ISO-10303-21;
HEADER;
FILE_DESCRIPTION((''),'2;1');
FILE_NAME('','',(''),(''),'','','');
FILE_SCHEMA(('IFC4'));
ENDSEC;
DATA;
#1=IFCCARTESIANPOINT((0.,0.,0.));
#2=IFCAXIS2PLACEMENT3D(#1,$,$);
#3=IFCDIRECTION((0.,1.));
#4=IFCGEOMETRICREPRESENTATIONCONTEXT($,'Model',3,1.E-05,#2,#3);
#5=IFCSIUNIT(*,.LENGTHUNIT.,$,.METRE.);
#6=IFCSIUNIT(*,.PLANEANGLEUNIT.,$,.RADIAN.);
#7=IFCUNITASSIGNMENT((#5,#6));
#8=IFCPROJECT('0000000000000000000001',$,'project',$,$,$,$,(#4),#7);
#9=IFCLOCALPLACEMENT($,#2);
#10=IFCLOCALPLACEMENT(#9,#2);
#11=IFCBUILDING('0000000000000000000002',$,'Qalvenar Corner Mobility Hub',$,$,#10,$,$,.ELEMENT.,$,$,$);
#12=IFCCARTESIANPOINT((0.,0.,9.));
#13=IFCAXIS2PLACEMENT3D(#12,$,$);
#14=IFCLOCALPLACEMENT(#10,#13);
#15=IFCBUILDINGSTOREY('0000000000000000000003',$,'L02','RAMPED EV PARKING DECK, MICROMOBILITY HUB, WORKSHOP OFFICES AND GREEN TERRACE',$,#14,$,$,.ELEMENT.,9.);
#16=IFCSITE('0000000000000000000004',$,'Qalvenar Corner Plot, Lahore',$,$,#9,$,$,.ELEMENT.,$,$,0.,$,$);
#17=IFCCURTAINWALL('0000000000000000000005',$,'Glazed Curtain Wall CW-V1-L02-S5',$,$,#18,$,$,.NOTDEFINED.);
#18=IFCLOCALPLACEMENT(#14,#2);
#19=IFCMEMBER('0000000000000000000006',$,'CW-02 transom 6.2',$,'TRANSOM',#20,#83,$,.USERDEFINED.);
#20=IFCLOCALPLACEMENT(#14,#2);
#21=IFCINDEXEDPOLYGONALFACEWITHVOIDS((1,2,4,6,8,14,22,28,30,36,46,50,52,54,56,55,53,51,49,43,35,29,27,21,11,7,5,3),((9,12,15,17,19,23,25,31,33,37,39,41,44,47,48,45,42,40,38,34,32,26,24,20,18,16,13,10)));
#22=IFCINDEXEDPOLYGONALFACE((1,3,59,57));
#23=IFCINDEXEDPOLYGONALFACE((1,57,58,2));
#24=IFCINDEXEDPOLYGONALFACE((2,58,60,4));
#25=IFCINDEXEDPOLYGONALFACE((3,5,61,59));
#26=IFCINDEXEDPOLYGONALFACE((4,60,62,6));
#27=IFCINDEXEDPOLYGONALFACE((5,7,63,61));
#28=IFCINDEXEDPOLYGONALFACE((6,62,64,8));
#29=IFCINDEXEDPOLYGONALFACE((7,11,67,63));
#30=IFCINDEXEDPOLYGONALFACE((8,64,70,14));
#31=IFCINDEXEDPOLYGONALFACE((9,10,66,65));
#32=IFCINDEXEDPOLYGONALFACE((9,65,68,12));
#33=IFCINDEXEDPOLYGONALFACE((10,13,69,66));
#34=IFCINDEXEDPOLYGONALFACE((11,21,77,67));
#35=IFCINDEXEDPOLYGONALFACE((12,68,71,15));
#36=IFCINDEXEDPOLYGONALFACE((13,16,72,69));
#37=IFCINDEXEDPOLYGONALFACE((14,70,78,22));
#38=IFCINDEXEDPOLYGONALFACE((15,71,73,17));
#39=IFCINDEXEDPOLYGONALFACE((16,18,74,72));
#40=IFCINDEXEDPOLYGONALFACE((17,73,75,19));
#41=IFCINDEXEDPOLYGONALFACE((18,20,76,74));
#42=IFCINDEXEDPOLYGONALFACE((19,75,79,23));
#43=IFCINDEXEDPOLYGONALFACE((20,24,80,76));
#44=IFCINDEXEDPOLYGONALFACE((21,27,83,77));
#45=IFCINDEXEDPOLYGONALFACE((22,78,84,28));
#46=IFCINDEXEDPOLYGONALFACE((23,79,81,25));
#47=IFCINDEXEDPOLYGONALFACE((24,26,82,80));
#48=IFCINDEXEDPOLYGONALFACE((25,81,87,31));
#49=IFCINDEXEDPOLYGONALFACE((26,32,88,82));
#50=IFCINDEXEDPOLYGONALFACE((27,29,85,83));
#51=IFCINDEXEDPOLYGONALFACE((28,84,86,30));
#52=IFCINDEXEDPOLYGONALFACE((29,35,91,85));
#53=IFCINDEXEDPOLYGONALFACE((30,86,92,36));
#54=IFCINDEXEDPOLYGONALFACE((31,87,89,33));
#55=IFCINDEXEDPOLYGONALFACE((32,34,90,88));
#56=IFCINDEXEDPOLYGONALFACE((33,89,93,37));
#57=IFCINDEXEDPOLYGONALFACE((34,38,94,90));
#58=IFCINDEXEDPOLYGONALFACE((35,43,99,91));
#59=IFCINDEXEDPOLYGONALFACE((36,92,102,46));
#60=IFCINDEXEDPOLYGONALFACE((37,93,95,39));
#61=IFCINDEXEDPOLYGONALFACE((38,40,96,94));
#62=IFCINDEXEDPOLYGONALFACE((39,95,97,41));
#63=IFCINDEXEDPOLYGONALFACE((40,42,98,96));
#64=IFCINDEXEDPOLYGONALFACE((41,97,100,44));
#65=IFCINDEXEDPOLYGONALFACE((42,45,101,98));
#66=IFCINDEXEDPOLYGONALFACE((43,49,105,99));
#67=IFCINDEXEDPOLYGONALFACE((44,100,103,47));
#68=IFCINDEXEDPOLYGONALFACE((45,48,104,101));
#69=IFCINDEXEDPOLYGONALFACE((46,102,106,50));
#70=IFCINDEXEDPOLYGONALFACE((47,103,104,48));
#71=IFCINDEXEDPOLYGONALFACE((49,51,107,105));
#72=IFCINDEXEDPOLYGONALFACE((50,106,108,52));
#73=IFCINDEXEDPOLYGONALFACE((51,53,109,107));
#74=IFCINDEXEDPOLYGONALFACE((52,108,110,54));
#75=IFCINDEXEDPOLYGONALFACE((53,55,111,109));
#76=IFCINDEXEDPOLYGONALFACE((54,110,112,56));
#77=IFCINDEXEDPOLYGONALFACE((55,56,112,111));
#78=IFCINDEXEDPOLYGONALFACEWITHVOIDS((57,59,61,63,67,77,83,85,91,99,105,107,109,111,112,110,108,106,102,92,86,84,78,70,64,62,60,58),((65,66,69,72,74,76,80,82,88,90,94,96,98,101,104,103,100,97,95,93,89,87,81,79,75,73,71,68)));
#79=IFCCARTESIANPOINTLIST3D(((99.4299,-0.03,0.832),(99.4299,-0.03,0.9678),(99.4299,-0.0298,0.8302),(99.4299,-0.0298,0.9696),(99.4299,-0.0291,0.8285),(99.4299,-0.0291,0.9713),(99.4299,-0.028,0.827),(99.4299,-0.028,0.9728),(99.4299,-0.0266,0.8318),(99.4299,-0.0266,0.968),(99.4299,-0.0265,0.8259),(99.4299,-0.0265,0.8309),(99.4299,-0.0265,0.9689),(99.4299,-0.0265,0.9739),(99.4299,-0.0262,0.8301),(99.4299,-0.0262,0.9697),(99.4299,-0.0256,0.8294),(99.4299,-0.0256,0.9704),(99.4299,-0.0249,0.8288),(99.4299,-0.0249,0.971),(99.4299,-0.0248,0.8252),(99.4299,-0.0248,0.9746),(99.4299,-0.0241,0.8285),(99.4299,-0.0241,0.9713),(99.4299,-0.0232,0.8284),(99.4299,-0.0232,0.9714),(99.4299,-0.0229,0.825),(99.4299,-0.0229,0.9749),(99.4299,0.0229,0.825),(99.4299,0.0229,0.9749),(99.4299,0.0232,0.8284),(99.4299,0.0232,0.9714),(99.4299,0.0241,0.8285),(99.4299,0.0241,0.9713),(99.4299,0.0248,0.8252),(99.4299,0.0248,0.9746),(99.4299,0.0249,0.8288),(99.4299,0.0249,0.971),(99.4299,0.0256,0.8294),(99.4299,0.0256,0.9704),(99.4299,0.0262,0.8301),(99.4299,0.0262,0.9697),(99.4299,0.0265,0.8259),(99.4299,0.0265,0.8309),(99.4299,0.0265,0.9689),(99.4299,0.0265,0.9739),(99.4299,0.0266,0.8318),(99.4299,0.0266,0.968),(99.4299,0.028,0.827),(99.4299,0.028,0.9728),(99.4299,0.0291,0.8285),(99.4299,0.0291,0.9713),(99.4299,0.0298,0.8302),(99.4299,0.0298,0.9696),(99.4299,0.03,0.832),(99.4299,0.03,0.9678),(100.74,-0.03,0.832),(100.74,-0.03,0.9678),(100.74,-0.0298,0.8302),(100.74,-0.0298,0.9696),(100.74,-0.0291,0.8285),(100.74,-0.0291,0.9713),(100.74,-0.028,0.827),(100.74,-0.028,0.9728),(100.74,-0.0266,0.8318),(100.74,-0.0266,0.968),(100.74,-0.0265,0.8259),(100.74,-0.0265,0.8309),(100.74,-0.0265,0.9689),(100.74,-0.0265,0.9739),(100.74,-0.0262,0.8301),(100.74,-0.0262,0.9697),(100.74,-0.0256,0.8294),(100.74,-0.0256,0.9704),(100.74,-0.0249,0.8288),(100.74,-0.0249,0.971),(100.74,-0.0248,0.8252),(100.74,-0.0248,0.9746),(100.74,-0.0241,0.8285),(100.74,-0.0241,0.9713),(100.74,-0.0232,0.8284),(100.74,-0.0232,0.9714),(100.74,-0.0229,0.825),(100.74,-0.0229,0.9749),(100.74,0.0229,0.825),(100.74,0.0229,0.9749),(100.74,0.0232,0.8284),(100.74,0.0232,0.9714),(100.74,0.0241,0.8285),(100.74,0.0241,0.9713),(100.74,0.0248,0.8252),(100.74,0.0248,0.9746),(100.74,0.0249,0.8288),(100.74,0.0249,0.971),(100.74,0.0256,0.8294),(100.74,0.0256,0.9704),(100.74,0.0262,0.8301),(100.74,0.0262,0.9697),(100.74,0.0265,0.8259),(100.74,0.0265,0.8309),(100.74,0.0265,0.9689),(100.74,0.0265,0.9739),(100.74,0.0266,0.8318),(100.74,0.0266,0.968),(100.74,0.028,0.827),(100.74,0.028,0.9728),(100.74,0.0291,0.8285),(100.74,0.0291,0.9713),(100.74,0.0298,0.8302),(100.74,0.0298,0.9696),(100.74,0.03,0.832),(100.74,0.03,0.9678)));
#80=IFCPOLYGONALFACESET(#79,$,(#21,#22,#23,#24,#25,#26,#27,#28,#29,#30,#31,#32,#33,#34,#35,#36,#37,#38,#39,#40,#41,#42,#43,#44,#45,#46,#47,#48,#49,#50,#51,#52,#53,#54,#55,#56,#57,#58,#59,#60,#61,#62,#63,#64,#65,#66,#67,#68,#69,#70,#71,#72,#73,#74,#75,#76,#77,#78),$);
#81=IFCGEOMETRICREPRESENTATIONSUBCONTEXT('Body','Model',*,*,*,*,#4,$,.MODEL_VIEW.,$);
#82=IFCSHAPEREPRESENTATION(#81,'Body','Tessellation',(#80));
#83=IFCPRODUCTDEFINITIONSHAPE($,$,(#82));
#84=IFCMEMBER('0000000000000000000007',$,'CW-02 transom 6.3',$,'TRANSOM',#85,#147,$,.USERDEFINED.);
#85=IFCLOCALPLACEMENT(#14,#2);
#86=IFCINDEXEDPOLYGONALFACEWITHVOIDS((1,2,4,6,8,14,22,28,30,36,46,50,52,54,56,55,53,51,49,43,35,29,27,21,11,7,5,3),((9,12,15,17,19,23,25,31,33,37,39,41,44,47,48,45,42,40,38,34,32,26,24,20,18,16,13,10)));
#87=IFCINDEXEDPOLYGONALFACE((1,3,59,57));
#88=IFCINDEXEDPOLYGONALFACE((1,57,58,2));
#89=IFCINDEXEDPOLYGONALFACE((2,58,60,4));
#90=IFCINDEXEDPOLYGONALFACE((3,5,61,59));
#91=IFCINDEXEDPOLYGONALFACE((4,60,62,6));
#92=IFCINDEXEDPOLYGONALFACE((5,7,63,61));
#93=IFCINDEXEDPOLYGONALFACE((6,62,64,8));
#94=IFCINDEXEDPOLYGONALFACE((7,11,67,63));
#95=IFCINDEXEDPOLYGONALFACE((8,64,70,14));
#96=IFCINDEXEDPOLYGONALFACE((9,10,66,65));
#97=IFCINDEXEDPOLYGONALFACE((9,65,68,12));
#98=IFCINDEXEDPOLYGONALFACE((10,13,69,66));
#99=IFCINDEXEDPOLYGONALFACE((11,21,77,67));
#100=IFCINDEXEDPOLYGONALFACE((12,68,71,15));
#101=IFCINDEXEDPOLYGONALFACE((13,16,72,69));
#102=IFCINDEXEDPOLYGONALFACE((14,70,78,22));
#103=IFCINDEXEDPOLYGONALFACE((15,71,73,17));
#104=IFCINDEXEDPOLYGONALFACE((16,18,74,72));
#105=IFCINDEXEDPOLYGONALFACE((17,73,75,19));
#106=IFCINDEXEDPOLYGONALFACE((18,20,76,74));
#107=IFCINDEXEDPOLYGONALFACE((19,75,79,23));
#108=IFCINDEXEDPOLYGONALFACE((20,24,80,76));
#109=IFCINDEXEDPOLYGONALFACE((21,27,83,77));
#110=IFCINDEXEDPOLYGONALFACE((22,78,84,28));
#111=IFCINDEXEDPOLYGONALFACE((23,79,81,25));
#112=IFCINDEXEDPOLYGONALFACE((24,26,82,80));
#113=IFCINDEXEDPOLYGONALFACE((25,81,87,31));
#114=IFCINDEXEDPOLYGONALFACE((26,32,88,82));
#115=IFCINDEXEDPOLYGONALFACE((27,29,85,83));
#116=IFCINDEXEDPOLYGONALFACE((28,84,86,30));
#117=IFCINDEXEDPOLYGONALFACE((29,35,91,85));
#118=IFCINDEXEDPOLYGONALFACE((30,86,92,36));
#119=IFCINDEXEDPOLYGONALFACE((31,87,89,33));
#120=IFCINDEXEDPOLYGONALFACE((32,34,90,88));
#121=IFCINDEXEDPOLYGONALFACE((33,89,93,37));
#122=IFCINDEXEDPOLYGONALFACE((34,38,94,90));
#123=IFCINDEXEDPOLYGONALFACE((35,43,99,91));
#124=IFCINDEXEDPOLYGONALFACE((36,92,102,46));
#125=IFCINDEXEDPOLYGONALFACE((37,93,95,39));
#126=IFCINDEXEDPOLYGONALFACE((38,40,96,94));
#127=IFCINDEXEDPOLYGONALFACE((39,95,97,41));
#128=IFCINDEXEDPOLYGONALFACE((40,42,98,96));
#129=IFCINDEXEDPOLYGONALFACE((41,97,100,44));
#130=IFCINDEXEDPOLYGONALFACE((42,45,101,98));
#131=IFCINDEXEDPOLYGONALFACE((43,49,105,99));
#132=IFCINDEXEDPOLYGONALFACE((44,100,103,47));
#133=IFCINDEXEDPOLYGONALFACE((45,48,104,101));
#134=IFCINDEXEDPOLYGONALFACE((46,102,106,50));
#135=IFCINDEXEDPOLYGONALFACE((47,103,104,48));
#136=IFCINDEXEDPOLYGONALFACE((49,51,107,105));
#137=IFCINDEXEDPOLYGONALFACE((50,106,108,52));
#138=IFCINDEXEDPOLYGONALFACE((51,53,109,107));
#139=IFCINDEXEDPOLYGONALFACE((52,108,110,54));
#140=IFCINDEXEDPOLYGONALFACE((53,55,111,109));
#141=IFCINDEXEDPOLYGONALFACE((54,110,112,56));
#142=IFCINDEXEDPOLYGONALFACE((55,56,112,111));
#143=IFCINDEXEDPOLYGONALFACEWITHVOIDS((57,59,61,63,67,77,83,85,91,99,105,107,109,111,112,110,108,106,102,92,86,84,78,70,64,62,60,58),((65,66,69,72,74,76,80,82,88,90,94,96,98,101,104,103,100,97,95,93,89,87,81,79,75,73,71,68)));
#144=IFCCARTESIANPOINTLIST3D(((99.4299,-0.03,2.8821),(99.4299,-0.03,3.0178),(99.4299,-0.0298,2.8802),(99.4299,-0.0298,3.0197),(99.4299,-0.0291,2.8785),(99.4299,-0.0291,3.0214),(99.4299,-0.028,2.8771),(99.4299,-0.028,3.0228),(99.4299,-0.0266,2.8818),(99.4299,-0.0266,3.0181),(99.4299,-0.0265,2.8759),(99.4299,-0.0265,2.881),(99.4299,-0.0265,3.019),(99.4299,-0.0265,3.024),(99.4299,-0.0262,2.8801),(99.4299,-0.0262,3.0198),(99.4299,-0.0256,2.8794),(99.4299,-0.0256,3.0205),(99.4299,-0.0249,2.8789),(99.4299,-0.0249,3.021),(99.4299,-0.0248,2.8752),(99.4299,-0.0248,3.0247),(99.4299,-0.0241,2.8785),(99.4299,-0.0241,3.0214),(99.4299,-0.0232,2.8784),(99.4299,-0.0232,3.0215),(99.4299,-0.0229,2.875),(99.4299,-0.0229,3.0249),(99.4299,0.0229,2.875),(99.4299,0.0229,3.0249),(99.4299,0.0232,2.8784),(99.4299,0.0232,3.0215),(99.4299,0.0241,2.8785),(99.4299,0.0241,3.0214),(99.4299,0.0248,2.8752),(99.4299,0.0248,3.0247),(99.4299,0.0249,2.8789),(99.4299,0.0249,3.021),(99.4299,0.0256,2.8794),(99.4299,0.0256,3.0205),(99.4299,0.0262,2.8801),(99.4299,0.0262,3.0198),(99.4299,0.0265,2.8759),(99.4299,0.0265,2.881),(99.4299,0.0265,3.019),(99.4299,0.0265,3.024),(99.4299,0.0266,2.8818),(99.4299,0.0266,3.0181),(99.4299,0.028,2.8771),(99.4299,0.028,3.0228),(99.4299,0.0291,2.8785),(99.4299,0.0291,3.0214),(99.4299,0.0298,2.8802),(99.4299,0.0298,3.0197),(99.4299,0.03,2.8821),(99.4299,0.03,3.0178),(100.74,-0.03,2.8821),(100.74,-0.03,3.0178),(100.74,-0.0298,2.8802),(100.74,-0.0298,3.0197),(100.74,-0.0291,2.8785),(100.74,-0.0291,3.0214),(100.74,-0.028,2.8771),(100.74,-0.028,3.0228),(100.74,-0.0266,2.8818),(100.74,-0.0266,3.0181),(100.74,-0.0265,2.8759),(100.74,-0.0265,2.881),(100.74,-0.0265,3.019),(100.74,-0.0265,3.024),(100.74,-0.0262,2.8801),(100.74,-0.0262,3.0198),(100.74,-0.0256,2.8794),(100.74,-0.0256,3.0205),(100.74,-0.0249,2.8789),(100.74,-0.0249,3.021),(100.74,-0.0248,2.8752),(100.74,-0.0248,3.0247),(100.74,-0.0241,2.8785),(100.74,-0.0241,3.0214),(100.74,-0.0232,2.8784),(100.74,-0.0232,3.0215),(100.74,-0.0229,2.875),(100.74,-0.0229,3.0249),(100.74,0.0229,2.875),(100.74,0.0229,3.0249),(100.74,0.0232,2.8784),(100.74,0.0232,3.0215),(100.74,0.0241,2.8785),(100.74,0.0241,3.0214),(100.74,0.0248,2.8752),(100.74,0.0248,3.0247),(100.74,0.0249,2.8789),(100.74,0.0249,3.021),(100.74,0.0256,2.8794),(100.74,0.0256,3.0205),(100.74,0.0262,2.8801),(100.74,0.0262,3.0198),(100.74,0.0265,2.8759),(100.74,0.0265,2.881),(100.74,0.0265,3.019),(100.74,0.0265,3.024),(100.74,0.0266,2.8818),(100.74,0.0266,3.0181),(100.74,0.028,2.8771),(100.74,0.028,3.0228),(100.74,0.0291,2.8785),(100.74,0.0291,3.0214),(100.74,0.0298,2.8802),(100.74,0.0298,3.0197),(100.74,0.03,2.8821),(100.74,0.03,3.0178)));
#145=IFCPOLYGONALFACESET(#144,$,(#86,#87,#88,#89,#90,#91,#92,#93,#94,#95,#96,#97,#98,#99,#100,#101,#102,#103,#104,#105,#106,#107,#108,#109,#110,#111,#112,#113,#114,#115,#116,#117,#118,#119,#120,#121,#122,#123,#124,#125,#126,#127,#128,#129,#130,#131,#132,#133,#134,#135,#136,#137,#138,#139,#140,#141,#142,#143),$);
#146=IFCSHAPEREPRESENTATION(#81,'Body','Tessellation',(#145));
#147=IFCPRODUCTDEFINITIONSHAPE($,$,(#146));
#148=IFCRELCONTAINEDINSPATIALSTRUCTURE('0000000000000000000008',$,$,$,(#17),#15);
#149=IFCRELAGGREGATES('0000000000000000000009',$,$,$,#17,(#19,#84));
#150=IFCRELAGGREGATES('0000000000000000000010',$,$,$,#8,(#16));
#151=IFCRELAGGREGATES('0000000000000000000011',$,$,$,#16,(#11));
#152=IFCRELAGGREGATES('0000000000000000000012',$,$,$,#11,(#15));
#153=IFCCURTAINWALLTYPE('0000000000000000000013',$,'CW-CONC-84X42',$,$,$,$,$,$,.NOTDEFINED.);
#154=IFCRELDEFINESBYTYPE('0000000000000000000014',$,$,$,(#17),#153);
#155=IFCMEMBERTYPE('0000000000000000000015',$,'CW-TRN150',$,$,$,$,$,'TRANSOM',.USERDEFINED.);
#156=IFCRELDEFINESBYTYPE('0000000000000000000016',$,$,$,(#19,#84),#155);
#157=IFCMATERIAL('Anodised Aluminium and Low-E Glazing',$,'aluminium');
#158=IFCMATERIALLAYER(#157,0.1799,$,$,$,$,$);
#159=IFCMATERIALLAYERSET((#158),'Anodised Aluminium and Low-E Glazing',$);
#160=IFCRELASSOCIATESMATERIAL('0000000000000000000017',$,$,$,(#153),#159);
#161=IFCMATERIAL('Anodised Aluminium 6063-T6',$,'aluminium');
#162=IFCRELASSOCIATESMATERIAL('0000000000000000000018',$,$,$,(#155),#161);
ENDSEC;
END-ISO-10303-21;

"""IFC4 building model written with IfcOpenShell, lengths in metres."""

from ifc_helpers import new_model, si_unit, direction, frame, origin, origin_2d, place, context, subcontext, project, spatial, hollow_rectangle, extrude, material, layer, layer_set, material_profile, profile_set, type_object, element, aggregate, save


model = new_model("IFC4")

# Units and contexts
model_context = context("Model", 3, precision=1e-05, world=origin(), true_north=direction((0.0, 1.0)))
body_context = subcontext(model_context, "Body", "Model", "MODEL_VIEW")
ifc_project = project(units=[si_unit("LENGTHUNIT", "METRE"), si_unit("PLANEANGLEUNIT", "RADIAN")], contexts=[model_context])

# Site, building, storey
site_placement = place(None, origin())
site = spatial("IfcSite", under=ifc_project, at=site_placement, Name="Qalvenar Corner Plot, Lahore", CompositionType="ELEMENT", RefElevation=0.0)
building_placement = place(site_placement, origin())
building = spatial("IfcBuilding", under=site, at=building_placement, Name="Qalvenar Corner Mobility Hub", CompositionType="ELEMENT")
storey_placement = place(building_placement, frame((0.0, 0.0, 9.0)))
storey = spatial("IfcBuildingStorey", under=building, at=storey_placement, Name="L02", Description="RAMPED EV PARKING DECK, MICROMOBILITY HUB, WORKSHOP OFFICES AND GREEN TERRACE", CompositionType="ELEMENT", Elevation=9.0)

# Curtain wall
ifc_material_1 = material(Name="Anodised Aluminium and Low-E Glazing", Category="aluminium")
ifc_layer_1 = layer(ifc_material_1, 0.1799)
ifc_layer_set_1 = layer_set([ifc_layer_1], Name="Anodised Aluminium and Low-E Glazing")
curtain_wall_type = type_object("IfcCurtainWallType", Name="CW-CONC-84X42", PredefinedType="NOTDEFINED", material=ifc_layer_set_1)
curtain_wall_1_placement = place(storey_placement, origin())
curtain_wall_1 = element("IfcCurtainWall", 1, at=curtain_wall_1_placement, inside=storey, type_object=curtain_wall_type, Name="Glazed Curtain Wall CW-V1-L02-S5", PredefinedType="NOTDEFINED")
ifc_material_2 = material(Name="Anodised Aluminium 6063-T6", Category="aluminium")

# Members
ifc_material_profile_1 = material_profile(ifc_material_2, hollow_rectangle(XDim=0.0601, YDim=0.1499, WallThickness=0.0034, InnerFilletRadius=0.0034, OuterFilletRadius=0.0071, at=origin_2d()), Name="RHS150x60x3.5")
ifc_profile_set_1 = profile_set([ifc_material_profile_1], Name="Anodised Aluminium 6063-T6")
member_type_1 = type_object("IfcMemberType", Name="CW-TRN150", ElementType="TRANSOM", PredefinedType="USERDEFINED", material=ifc_profile_set_1)
member_1_placement = place(storey_placement, frame((99.4299, 0.0, 0.8999), z_axis=(1.0, 0.0, 0.0), x_axis=(0.0, 1.0, 0.0)))
member_1 = element("IfcMember", 2, at=member_1_placement, type_object=member_type_1, Name="CW-02 transom 6.2", ObjectType="TRANSOM", PredefinedType="USERDEFINED", context=body_context, shape_type="SweptSolid", body=[
    extrude(hollow_rectangle(XDim=0.0601, YDim=0.1499, WallThickness=0.0034, InnerFilletRadius=0.0034, OuterFilletRadius=0.0071, at=origin_2d()), origin(), (0.0, 0.0, 1.0), 1.3101),
])
member_2_placement = place(storey_placement, frame((99.4299, 0.0, 2.95), z_axis=(1.0, 0.0, 0.0), x_axis=(0.0, 1.0, 0.0)))
member_2 = element("IfcMember", 3, at=member_2_placement, type_object=member_type_1, Name="CW-02 transom 6.3", ObjectType="TRANSOM", PredefinedType="USERDEFINED", context=body_context, shape_type="SweptSolid", body=[
    extrude(hollow_rectangle(XDim=0.0601, YDim=0.1499, WallThickness=0.0034, InnerFilletRadius=0.0034, OuterFilletRadius=0.0071, at=origin_2d()), origin(), (0.0, 0.0, 1.0), 1.3101),
])

aggregate(curtain_wall_1, [member_1, member_2])

save(model, "model.ifc")
